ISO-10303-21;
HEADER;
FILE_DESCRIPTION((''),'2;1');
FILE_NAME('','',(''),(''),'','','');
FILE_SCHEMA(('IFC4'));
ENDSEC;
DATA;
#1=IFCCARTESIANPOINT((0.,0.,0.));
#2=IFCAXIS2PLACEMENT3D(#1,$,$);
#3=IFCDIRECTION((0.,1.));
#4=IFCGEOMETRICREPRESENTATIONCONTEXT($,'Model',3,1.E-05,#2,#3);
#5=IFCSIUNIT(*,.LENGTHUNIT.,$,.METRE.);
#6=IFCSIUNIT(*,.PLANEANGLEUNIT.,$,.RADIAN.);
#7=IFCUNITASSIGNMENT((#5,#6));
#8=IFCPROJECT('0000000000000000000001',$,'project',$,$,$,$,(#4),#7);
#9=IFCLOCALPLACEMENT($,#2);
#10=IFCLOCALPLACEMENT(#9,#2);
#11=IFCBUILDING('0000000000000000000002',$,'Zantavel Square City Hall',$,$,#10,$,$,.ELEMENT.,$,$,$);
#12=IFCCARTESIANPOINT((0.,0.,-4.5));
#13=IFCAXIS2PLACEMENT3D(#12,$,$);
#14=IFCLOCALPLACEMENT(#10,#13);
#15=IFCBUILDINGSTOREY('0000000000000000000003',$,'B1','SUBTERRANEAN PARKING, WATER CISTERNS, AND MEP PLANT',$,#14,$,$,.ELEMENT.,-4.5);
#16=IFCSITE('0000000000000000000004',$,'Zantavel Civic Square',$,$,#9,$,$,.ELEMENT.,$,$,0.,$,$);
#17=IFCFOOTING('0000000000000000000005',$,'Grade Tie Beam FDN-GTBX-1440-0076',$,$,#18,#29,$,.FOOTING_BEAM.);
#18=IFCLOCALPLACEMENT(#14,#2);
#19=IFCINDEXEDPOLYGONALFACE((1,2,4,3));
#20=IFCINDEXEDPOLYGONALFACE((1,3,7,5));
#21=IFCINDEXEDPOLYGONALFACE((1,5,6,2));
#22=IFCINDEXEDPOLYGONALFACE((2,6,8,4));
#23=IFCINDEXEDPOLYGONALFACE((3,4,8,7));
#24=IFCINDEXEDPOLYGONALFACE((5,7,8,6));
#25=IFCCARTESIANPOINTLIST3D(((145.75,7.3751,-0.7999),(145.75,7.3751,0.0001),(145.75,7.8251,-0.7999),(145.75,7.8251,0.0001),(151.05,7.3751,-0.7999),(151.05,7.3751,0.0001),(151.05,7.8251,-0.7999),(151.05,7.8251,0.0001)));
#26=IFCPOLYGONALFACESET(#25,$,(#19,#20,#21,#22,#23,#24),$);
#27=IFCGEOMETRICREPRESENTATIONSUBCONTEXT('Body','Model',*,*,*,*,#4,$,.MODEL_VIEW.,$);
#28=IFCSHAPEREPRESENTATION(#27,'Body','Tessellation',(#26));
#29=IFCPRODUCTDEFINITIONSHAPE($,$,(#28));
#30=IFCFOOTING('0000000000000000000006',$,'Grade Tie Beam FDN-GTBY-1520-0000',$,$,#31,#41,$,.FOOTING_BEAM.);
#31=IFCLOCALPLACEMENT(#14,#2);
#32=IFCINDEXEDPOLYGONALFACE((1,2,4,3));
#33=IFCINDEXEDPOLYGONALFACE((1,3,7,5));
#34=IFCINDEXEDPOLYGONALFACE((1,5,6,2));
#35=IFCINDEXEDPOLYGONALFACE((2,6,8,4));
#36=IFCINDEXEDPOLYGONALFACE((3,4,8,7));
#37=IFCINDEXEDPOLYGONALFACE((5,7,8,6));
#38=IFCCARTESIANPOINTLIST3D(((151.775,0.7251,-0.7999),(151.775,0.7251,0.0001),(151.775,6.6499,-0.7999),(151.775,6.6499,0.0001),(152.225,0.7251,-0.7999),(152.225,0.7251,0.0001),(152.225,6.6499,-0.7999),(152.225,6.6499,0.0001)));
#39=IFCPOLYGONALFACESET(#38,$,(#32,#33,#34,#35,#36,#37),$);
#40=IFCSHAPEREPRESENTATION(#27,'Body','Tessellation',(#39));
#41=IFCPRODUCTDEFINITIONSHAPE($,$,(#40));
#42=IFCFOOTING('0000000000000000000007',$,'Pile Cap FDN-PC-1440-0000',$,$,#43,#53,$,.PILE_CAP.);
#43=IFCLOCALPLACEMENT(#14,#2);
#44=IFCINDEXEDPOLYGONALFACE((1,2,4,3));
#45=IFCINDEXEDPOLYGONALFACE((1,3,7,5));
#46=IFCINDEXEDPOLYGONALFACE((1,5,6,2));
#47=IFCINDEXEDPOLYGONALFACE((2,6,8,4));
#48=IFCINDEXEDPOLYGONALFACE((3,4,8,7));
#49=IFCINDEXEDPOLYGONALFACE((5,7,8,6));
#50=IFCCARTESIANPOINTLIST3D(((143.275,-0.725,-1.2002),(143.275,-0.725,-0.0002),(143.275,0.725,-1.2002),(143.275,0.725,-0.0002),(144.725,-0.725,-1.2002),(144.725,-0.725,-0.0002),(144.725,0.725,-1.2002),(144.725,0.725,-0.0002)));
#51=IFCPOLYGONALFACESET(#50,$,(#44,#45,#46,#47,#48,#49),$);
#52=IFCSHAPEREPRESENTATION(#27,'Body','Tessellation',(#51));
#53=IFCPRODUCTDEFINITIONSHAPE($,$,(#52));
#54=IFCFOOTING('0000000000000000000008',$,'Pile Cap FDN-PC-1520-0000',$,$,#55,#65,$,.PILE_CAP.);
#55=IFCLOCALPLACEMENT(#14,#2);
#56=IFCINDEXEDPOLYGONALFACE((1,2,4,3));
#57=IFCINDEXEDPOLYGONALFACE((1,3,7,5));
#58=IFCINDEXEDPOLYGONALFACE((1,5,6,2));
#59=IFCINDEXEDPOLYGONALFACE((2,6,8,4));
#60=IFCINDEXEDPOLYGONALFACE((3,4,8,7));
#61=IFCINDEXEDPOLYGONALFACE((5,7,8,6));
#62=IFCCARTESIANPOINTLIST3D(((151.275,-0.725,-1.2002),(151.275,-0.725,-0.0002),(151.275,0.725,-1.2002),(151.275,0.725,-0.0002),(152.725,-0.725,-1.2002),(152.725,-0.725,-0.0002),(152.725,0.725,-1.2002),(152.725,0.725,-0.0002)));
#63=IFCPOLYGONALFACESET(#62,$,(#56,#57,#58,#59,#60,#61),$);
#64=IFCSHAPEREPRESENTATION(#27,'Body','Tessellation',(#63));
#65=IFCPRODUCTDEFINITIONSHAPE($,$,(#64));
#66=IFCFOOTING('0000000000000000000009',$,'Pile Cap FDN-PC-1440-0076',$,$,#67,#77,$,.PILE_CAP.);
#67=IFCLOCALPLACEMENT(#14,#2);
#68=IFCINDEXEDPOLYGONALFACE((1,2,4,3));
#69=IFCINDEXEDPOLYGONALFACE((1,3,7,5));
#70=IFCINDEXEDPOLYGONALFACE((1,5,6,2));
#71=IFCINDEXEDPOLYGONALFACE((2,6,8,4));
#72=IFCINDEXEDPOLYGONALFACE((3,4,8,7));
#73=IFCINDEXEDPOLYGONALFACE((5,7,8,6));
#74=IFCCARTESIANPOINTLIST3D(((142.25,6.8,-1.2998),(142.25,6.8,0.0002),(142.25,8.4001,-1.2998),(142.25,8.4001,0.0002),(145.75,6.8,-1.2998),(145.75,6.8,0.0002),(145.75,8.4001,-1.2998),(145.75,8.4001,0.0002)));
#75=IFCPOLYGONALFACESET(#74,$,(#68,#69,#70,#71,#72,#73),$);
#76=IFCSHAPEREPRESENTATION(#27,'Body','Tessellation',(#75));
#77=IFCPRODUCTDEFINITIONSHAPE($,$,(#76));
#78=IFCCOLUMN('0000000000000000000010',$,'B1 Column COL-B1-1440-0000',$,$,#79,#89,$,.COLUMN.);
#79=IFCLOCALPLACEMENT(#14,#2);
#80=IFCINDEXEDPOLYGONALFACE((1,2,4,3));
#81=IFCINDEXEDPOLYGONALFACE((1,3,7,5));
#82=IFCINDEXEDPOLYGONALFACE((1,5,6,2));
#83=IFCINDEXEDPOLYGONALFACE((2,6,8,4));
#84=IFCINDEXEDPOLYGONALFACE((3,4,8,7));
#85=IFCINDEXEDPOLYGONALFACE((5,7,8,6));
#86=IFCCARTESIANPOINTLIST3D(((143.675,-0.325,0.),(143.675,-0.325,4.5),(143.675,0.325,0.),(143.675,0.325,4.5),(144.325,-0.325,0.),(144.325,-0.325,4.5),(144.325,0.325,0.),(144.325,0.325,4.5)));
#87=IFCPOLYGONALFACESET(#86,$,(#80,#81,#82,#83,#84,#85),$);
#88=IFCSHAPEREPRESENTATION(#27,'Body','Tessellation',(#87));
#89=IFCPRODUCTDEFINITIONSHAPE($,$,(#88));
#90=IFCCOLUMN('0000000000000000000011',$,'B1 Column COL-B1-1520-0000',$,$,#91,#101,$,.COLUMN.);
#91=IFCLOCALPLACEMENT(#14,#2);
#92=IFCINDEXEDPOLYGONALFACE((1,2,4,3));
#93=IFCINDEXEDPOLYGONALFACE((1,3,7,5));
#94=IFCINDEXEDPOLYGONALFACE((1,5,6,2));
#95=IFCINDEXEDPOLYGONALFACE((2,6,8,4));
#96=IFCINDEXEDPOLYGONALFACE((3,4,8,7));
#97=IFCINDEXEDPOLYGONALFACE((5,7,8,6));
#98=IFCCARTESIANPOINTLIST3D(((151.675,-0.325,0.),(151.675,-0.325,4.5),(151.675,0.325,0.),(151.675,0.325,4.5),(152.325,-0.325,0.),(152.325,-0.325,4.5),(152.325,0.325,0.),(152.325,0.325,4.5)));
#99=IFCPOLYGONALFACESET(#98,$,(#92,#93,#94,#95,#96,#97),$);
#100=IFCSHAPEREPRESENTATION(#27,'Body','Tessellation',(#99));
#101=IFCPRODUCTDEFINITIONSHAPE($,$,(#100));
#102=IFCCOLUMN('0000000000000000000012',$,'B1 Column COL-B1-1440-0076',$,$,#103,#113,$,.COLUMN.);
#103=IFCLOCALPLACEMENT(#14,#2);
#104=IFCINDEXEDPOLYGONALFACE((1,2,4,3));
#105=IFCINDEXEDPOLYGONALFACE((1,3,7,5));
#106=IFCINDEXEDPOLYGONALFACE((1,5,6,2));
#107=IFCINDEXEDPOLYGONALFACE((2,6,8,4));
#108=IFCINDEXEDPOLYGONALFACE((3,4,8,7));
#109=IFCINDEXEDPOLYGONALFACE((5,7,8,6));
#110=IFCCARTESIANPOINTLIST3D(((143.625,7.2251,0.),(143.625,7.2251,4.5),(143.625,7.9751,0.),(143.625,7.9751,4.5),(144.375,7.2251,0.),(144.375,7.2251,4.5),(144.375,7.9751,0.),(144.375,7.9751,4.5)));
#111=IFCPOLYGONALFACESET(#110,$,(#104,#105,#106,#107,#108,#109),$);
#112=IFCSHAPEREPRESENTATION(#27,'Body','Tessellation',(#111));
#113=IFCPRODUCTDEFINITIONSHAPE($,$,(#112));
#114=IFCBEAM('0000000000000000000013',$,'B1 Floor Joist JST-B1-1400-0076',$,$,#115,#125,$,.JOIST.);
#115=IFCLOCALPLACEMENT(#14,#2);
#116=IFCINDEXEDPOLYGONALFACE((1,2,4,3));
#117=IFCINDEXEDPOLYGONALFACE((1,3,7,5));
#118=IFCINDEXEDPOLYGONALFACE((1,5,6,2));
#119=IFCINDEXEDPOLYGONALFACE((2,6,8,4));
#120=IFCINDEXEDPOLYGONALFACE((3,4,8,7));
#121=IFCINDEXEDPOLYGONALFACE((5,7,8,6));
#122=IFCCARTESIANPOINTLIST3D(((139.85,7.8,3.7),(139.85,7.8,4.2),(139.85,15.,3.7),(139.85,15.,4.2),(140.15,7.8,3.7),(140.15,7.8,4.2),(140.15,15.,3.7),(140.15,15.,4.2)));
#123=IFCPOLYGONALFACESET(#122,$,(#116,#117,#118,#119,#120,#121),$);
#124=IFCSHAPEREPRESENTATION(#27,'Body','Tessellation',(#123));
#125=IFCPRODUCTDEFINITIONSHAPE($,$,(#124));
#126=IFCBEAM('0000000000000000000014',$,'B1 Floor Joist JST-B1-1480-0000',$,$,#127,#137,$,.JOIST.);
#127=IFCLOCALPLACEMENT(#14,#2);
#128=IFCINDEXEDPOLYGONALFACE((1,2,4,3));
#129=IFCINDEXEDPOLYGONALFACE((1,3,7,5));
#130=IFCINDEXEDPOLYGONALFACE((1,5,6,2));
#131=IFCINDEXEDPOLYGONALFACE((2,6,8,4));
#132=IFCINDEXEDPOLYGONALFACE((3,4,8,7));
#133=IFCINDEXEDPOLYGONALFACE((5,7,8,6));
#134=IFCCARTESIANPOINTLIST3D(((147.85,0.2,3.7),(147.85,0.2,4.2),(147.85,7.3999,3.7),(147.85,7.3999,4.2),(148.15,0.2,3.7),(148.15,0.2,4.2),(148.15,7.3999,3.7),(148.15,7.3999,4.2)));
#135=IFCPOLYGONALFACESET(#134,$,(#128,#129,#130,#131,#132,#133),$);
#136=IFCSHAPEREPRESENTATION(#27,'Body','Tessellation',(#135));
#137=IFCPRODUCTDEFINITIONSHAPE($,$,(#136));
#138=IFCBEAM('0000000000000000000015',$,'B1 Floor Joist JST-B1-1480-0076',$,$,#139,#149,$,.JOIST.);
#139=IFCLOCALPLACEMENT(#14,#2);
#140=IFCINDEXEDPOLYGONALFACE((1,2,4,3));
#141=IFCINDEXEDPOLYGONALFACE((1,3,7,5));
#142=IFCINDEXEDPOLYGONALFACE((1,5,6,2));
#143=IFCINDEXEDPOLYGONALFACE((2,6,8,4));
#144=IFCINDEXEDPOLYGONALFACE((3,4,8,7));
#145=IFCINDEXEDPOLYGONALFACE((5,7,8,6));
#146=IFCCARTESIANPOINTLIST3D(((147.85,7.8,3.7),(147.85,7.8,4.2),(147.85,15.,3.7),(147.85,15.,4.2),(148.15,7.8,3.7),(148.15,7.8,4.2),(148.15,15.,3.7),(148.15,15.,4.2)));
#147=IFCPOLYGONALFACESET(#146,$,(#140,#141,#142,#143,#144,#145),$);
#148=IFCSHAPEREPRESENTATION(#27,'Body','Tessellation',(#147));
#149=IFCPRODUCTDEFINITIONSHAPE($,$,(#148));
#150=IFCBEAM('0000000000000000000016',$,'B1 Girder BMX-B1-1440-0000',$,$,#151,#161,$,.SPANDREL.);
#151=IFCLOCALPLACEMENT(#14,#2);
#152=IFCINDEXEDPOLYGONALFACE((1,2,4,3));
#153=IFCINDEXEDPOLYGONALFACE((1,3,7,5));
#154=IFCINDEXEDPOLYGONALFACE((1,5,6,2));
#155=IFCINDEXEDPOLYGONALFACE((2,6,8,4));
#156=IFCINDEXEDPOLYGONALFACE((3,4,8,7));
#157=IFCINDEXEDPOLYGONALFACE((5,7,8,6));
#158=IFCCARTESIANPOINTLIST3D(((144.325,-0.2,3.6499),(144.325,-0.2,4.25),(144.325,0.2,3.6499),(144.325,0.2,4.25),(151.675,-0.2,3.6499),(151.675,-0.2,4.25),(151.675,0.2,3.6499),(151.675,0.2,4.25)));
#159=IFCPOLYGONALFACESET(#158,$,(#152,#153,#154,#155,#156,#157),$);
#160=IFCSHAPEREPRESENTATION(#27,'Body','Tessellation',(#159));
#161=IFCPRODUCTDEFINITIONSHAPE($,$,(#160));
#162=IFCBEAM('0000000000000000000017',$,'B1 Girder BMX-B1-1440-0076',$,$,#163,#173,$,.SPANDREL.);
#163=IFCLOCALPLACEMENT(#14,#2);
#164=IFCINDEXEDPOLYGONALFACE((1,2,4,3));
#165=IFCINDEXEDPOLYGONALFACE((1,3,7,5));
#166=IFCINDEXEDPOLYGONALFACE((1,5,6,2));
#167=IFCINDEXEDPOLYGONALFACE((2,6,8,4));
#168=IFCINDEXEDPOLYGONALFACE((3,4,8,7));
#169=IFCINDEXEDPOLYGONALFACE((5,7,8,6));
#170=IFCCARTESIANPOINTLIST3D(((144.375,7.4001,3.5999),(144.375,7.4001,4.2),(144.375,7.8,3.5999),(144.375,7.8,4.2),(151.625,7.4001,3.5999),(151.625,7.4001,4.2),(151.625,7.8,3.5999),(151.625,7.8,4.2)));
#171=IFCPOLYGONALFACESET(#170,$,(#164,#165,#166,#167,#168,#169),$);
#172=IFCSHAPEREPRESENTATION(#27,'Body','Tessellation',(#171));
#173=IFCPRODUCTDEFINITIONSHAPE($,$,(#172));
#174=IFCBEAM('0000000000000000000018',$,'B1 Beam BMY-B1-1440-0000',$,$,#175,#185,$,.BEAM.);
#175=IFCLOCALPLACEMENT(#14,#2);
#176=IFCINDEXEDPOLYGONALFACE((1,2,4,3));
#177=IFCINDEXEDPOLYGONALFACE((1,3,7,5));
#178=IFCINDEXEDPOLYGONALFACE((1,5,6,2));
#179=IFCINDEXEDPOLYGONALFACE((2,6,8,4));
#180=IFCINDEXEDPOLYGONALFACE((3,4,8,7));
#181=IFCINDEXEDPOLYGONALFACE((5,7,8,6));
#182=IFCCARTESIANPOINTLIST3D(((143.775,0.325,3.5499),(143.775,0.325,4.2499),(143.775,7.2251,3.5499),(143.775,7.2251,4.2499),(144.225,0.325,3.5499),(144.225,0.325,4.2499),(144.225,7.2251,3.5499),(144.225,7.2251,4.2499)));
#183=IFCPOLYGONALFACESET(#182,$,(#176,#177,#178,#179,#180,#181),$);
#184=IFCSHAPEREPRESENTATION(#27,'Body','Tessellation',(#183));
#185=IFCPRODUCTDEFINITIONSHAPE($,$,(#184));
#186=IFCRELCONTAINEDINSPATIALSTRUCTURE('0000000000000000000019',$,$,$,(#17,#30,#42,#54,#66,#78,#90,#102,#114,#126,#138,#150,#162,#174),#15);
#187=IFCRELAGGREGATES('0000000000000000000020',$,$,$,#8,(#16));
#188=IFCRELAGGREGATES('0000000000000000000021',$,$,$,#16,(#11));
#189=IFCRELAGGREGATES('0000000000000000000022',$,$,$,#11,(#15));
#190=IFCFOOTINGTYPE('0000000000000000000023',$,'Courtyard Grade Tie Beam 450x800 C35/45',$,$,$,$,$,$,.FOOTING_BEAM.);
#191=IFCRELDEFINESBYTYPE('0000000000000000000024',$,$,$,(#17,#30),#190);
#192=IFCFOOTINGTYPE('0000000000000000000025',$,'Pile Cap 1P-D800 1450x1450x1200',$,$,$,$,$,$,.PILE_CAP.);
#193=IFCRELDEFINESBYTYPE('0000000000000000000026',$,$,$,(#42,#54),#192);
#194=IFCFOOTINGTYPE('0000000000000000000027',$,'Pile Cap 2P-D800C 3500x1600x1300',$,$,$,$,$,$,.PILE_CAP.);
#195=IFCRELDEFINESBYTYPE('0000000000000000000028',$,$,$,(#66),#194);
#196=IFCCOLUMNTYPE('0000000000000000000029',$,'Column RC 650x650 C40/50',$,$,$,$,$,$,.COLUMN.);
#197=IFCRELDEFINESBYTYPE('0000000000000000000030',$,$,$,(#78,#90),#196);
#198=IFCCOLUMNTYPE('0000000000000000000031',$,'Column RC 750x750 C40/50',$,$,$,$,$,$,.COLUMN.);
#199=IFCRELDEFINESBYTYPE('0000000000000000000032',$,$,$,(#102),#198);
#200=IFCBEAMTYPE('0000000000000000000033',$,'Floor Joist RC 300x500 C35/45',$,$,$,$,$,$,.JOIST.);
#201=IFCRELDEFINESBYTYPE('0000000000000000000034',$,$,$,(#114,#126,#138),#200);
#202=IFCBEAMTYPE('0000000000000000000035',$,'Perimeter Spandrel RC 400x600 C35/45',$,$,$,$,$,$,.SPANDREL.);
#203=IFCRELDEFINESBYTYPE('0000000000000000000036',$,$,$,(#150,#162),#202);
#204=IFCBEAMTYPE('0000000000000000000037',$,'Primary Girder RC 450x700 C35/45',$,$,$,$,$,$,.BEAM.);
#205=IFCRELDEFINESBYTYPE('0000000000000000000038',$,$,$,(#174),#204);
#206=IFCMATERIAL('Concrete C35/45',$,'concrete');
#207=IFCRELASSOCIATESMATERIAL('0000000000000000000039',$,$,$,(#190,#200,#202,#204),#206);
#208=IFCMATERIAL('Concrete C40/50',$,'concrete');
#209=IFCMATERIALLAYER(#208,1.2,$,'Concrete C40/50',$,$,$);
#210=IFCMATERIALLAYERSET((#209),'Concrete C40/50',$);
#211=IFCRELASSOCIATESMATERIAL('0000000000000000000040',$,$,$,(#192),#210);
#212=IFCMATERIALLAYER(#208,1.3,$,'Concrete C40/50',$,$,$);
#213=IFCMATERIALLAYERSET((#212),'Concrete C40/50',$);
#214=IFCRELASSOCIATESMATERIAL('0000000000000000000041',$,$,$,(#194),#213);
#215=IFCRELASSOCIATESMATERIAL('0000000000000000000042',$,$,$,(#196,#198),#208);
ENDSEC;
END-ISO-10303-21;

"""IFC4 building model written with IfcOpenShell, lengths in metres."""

from ifc_helpers import new_model, si_unit, direction, frame, origin, origin_2d, place, context, subcontext, project, spatial, rectangle, extrude, material, layer, layer_set, material_profile, profile_set, type_object, element, save


model = new_model("IFC4")

# Units and contexts
model_context = context("Model", 3, precision=1e-05, world=origin(), true_north=direction((0.0, 1.0)))
body_context = subcontext(model_context, "Body", "Model", "MODEL_VIEW")
ifc_project = project(units=[si_unit("LENGTHUNIT", "METRE"), si_unit("PLANEANGLEUNIT", "RADIAN")], contexts=[model_context])

# Site, building, storey
site_placement = place(None, origin())
site = spatial("IfcSite", under=ifc_project, at=site_placement, Name="Zantavel Civic Square", CompositionType="ELEMENT", RefElevation=0.0)
building_placement = place(site_placement, origin())
building = spatial("IfcBuilding", under=site, at=building_placement, Name="Zantavel Square City Hall", CompositionType="ELEMENT")
storey_placement = place(building_placement, frame((0.0, 0.0, -4.5)))
storey = spatial("IfcBuildingStorey", under=building, at=storey_placement, Name="B1", Description="SUBTERRANEAN PARKING, WATER CISTERNS, AND MEP PLANT", CompositionType="ELEMENT", Elevation=-4.5)

# Shared definitions
ifc_material_1 = material(Name="Concrete C35/45", Category="concrete")

# Footings
ifc_material_profile_1 = material_profile(ifc_material_1, rectangle(XDim=0.45, YDim=0.8, at=origin_2d()), Name="RC 450x800")
ifc_profile_set_1 = profile_set([ifc_material_profile_1], Name="Concrete C35/45")
footing_type_1 = type_object("IfcFootingType", Name="Courtyard Grade Tie Beam 450x800 C35/45", PredefinedType="FOOTING_BEAM", material=ifc_profile_set_1)
footing_1_placement = place(storey_placement, frame((145.75, 7.6001, -0.3999), z_axis=(1.0, 0.0, 0.0), x_axis=(0.0, 1.0, 0.0)))
element("IfcFooting", 1, at=footing_1_placement, inside=storey, type_object=footing_type_1, Name="Grade Tie Beam FDN-GTBX-1440-0076", PredefinedType="FOOTING_BEAM", context=body_context, shape_type="SweptSolid", body=[
    extrude(rectangle(XDim=0.45, YDim=0.8, at=origin_2d()), origin(), (0.0, 0.0, 1.0), 5.3),
])
footing_2_placement = place(storey_placement, frame((152.0, 0.7251, -0.3999), z_axis=(0.0, 1.0, 0.0), x_axis=(-1.0, 0.0, 0.0)))
element("IfcFooting", 2, at=footing_2_placement, inside=storey, type_object=footing_type_1, Name="Grade Tie Beam FDN-GTBY-1520-0000", PredefinedType="FOOTING_BEAM", context=body_context, shape_type="SweptSolid", body=[
    extrude(rectangle(XDim=0.45, YDim=0.8, at=origin_2d()), origin(), (0.0, 0.0, 1.0), 5.9248),
])
ifc_material_2 = material(Name="Concrete C40/50", Category="concrete")
ifc_layer_1 = layer(ifc_material_2, 1.2, Name="Concrete C40/50")
ifc_layer_set_1 = layer_set([ifc_layer_1], Name="Concrete C40/50")
footing_type_2 = type_object("IfcFootingType", Name="Pile Cap 1P-D800 1450x1450x1200", PredefinedType="PILE_CAP", material=ifc_layer_set_1)
for number, where, z_axis, x_axis, name in (
    (3, (144.0, 0.0, -1.2002), (0.0, 0.0, 1.0), (1.0, 0.0, 0.0), "Pile Cap FDN-PC-1440-0000"),
    (4, (152.0, 0.0, -1.2002), (0.0, 0.0, 1.0), (1.0, 0.0, 0.0), "Pile Cap FDN-PC-1520-0000"),
):
    element("IfcFooting", number, at=place(storey_placement, frame(where, z_axis=z_axis, x_axis=x_axis)), inside=storey, type_object=footing_type_2, Name=name, PredefinedType="PILE_CAP", context=body_context, shape_type="SweptSolid", body=[
        extrude(rectangle(XDim=1.45, YDim=1.45, at=origin_2d()), origin(), (0.0, 0.0, 1.0), 1.2),
    ])
ifc_layer_2 = layer(ifc_material_2, 1.3, Name="Concrete C40/50")
ifc_layer_set_2 = layer_set([ifc_layer_2], Name="Concrete C40/50")
footing_type_3 = type_object("IfcFootingType", Name="Pile Cap 2P-D800C 3500x1600x1300", PredefinedType="PILE_CAP", material=ifc_layer_set_2)
footing_3_placement = place(storey_placement, frame((144.0, 7.6001, -1.2998), z_axis=(0.0, 0.0, 1.0), x_axis=(1.0, 0.0, 0.0)))
element("IfcFooting", 5, at=footing_3_placement, inside=storey, type_object=footing_type_3, Name="Pile Cap FDN-PC-1440-0076", PredefinedType="PILE_CAP", context=body_context, shape_type="SweptSolid", body=[
    extrude(rectangle(XDim=3.5, YDim=1.6001, at=origin_2d()), origin(), (0.0, 0.0, 1.0), 1.3),
])

# Columns
ifc_material_profile_2 = material_profile(ifc_material_2, rectangle(XDim=0.6499, YDim=0.6499, at=origin_2d()), Name="RC 650x650")
ifc_profile_set_2 = profile_set([ifc_material_profile_2], Name="Concrete C40/50")
column_type_1 = type_object("IfcColumnType", Name="Column RC 650x650 C40/50", PredefinedType="COLUMN", material=ifc_profile_set_2)
for number, where, z_axis, x_axis, name in (
    (6, (144.0, 0.0, 0.0), (0.0, 0.0, 1.0), (1.0, 0.0, 0.0), "B1 Column COL-B1-1440-0000"),
    (7, (152.0, 0.0, 0.0), (0.0, 0.0, 1.0), (1.0, 0.0, 0.0), "B1 Column COL-B1-1520-0000"),
):
    element("IfcColumn", number, at=place(storey_placement, frame(where, z_axis=z_axis, x_axis=x_axis)), inside=storey, type_object=column_type_1, Name=name, PredefinedType="COLUMN", context=body_context, shape_type="SweptSolid", body=[
        extrude(rectangle(XDim=0.6499, YDim=0.6499, at=origin_2d()), origin(), (0.0, 0.0, 1.0), 4.5),
    ])
ifc_material_profile_3 = material_profile(ifc_material_2, rectangle(XDim=0.75, YDim=0.75, at=origin_2d()), Name="RC 750x750")
ifc_profile_set_3 = profile_set([ifc_material_profile_3], Name="Concrete C40/50")
column_type_2 = type_object("IfcColumnType", Name="Column RC 750x750 C40/50", PredefinedType="COLUMN", material=ifc_profile_set_3)
column_placement = place(storey_placement, frame((144.0, 7.6001, 0.0), z_axis=(0.0, 0.0, 1.0), x_axis=(1.0, 0.0, 0.0)))
element("IfcColumn", 8, at=column_placement, inside=storey, type_object=column_type_2, Name="B1 Column COL-B1-1440-0076", PredefinedType="COLUMN", context=body_context, shape_type="SweptSolid", body=[
    extrude(rectangle(XDim=0.75, YDim=0.75, at=origin_2d()), origin(), (0.0, 0.0, 1.0), 4.5),
])

# Beams
ifc_material_profile_4 = material_profile(ifc_material_1, rectangle(XDim=0.3, YDim=0.5, at=origin_2d()), Name="RC 300x500")
ifc_profile_set_4 = profile_set([ifc_material_profile_4], Name="Concrete C35/45")
beam_type_1 = type_object("IfcBeamType", Name="Floor Joist RC 300x500 C35/45", PredefinedType="JOIST", material=ifc_profile_set_4)
for number, where, z_axis, x_axis, name in (
    (9, (140.0, 7.8, 3.95), (0.0, 1.0, 0.0), (-1.0, 0.0, 0.0), "B1 Floor Joist JST-B1-1400-0076"),
    (10, (148.0, 0.2, 3.95), (0.0, 1.0, 0.0), (-1.0, 0.0, 0.0), "B1 Floor Joist JST-B1-1480-0000"),
    (11, (148.0, 7.8, 3.95), (0.0, 1.0, 0.0), (-1.0, 0.0, 0.0), "B1 Floor Joist JST-B1-1480-0076"),
):
    element("IfcBeam", number, at=place(storey_placement, frame(where, z_axis=z_axis, x_axis=x_axis)), inside=storey, type_object=beam_type_1, Name=name, PredefinedType="JOIST", context=body_context, shape_type="SweptSolid", body=[
        extrude(rectangle(XDim=0.3, YDim=0.5, at=origin_2d()), origin(), (0.0, 0.0, 1.0), 7.2),
    ])
ifc_material_profile_5 = material_profile(ifc_material_1, rectangle(XDim=0.3999, YDim=0.6001, at=origin_2d()), Name="RC 400x600")
ifc_profile_set_5 = profile_set([ifc_material_profile_5], Name="Concrete C35/45")
beam_type_2 = type_object("IfcBeamType", Name="Perimeter Spandrel RC 400x600 C35/45", PredefinedType="SPANDREL", material=ifc_profile_set_5)
beam_1_placement = place(storey_placement, frame((144.325, 0.0, 3.95), z_axis=(1.0, 0.0, 0.0), x_axis=(0.0, 1.0, 0.0)))
element("IfcBeam", 12, at=beam_1_placement, inside=storey, type_object=beam_type_2, Name="B1 Girder BMX-B1-1440-0000", PredefinedType="SPANDREL", context=body_context, shape_type="SweptSolid", body=[
    extrude(rectangle(XDim=0.3999, YDim=0.6001, at=origin_2d()), origin(), (0.0, 0.0, 1.0), 7.3501),
])
beam_2_placement = place(storey_placement, frame((144.375, 7.6001, 3.8999), z_axis=(1.0, 0.0, 0.0), x_axis=(0.0, 1.0, 0.0)))
element("IfcBeam", 13, at=beam_2_placement, inside=storey, type_object=beam_type_2, Name="B1 Girder BMX-B1-1440-0076", PredefinedType="SPANDREL", context=body_context, shape_type="SweptSolid", body=[
    extrude(rectangle(XDim=0.3999, YDim=0.6001, at=origin_2d()), origin(), (0.0, 0.0, 1.0), 7.25),
])
ifc_material_profile_6 = material_profile(ifc_material_1, rectangle(XDim=0.45, YDim=0.7, at=origin_2d()), Name="RC 450x700")
ifc_profile_set_6 = profile_set([ifc_material_profile_6], Name="Concrete C35/45")
beam_type_3 = type_object("IfcBeamType", Name="Primary Girder RC 450x700 C35/45", PredefinedType="BEAM", material=ifc_profile_set_6)
for number, where, z_axis, x_axis, name in (
    (14, (144.0, 0.325, 3.8999), (0.0, 1.0, 0.0), (-1.0, 0.0, 0.0), "B1 Beam BMY-B1-1440-0000"),
):
    element("IfcBeam", number, at=place(storey_placement, frame(where, z_axis=z_axis, x_axis=x_axis)), inside=storey, type_object=beam_type_3, Name=name, PredefinedType="BEAM", context=body_context, shape_type="SweptSolid", body=[
        extrude(rectangle(XDim=0.45, YDim=0.7, at=origin_2d()), origin(), (0.0, 0.0, 1.0), 6.9001),
    ])

save(model, "model.ifc")
